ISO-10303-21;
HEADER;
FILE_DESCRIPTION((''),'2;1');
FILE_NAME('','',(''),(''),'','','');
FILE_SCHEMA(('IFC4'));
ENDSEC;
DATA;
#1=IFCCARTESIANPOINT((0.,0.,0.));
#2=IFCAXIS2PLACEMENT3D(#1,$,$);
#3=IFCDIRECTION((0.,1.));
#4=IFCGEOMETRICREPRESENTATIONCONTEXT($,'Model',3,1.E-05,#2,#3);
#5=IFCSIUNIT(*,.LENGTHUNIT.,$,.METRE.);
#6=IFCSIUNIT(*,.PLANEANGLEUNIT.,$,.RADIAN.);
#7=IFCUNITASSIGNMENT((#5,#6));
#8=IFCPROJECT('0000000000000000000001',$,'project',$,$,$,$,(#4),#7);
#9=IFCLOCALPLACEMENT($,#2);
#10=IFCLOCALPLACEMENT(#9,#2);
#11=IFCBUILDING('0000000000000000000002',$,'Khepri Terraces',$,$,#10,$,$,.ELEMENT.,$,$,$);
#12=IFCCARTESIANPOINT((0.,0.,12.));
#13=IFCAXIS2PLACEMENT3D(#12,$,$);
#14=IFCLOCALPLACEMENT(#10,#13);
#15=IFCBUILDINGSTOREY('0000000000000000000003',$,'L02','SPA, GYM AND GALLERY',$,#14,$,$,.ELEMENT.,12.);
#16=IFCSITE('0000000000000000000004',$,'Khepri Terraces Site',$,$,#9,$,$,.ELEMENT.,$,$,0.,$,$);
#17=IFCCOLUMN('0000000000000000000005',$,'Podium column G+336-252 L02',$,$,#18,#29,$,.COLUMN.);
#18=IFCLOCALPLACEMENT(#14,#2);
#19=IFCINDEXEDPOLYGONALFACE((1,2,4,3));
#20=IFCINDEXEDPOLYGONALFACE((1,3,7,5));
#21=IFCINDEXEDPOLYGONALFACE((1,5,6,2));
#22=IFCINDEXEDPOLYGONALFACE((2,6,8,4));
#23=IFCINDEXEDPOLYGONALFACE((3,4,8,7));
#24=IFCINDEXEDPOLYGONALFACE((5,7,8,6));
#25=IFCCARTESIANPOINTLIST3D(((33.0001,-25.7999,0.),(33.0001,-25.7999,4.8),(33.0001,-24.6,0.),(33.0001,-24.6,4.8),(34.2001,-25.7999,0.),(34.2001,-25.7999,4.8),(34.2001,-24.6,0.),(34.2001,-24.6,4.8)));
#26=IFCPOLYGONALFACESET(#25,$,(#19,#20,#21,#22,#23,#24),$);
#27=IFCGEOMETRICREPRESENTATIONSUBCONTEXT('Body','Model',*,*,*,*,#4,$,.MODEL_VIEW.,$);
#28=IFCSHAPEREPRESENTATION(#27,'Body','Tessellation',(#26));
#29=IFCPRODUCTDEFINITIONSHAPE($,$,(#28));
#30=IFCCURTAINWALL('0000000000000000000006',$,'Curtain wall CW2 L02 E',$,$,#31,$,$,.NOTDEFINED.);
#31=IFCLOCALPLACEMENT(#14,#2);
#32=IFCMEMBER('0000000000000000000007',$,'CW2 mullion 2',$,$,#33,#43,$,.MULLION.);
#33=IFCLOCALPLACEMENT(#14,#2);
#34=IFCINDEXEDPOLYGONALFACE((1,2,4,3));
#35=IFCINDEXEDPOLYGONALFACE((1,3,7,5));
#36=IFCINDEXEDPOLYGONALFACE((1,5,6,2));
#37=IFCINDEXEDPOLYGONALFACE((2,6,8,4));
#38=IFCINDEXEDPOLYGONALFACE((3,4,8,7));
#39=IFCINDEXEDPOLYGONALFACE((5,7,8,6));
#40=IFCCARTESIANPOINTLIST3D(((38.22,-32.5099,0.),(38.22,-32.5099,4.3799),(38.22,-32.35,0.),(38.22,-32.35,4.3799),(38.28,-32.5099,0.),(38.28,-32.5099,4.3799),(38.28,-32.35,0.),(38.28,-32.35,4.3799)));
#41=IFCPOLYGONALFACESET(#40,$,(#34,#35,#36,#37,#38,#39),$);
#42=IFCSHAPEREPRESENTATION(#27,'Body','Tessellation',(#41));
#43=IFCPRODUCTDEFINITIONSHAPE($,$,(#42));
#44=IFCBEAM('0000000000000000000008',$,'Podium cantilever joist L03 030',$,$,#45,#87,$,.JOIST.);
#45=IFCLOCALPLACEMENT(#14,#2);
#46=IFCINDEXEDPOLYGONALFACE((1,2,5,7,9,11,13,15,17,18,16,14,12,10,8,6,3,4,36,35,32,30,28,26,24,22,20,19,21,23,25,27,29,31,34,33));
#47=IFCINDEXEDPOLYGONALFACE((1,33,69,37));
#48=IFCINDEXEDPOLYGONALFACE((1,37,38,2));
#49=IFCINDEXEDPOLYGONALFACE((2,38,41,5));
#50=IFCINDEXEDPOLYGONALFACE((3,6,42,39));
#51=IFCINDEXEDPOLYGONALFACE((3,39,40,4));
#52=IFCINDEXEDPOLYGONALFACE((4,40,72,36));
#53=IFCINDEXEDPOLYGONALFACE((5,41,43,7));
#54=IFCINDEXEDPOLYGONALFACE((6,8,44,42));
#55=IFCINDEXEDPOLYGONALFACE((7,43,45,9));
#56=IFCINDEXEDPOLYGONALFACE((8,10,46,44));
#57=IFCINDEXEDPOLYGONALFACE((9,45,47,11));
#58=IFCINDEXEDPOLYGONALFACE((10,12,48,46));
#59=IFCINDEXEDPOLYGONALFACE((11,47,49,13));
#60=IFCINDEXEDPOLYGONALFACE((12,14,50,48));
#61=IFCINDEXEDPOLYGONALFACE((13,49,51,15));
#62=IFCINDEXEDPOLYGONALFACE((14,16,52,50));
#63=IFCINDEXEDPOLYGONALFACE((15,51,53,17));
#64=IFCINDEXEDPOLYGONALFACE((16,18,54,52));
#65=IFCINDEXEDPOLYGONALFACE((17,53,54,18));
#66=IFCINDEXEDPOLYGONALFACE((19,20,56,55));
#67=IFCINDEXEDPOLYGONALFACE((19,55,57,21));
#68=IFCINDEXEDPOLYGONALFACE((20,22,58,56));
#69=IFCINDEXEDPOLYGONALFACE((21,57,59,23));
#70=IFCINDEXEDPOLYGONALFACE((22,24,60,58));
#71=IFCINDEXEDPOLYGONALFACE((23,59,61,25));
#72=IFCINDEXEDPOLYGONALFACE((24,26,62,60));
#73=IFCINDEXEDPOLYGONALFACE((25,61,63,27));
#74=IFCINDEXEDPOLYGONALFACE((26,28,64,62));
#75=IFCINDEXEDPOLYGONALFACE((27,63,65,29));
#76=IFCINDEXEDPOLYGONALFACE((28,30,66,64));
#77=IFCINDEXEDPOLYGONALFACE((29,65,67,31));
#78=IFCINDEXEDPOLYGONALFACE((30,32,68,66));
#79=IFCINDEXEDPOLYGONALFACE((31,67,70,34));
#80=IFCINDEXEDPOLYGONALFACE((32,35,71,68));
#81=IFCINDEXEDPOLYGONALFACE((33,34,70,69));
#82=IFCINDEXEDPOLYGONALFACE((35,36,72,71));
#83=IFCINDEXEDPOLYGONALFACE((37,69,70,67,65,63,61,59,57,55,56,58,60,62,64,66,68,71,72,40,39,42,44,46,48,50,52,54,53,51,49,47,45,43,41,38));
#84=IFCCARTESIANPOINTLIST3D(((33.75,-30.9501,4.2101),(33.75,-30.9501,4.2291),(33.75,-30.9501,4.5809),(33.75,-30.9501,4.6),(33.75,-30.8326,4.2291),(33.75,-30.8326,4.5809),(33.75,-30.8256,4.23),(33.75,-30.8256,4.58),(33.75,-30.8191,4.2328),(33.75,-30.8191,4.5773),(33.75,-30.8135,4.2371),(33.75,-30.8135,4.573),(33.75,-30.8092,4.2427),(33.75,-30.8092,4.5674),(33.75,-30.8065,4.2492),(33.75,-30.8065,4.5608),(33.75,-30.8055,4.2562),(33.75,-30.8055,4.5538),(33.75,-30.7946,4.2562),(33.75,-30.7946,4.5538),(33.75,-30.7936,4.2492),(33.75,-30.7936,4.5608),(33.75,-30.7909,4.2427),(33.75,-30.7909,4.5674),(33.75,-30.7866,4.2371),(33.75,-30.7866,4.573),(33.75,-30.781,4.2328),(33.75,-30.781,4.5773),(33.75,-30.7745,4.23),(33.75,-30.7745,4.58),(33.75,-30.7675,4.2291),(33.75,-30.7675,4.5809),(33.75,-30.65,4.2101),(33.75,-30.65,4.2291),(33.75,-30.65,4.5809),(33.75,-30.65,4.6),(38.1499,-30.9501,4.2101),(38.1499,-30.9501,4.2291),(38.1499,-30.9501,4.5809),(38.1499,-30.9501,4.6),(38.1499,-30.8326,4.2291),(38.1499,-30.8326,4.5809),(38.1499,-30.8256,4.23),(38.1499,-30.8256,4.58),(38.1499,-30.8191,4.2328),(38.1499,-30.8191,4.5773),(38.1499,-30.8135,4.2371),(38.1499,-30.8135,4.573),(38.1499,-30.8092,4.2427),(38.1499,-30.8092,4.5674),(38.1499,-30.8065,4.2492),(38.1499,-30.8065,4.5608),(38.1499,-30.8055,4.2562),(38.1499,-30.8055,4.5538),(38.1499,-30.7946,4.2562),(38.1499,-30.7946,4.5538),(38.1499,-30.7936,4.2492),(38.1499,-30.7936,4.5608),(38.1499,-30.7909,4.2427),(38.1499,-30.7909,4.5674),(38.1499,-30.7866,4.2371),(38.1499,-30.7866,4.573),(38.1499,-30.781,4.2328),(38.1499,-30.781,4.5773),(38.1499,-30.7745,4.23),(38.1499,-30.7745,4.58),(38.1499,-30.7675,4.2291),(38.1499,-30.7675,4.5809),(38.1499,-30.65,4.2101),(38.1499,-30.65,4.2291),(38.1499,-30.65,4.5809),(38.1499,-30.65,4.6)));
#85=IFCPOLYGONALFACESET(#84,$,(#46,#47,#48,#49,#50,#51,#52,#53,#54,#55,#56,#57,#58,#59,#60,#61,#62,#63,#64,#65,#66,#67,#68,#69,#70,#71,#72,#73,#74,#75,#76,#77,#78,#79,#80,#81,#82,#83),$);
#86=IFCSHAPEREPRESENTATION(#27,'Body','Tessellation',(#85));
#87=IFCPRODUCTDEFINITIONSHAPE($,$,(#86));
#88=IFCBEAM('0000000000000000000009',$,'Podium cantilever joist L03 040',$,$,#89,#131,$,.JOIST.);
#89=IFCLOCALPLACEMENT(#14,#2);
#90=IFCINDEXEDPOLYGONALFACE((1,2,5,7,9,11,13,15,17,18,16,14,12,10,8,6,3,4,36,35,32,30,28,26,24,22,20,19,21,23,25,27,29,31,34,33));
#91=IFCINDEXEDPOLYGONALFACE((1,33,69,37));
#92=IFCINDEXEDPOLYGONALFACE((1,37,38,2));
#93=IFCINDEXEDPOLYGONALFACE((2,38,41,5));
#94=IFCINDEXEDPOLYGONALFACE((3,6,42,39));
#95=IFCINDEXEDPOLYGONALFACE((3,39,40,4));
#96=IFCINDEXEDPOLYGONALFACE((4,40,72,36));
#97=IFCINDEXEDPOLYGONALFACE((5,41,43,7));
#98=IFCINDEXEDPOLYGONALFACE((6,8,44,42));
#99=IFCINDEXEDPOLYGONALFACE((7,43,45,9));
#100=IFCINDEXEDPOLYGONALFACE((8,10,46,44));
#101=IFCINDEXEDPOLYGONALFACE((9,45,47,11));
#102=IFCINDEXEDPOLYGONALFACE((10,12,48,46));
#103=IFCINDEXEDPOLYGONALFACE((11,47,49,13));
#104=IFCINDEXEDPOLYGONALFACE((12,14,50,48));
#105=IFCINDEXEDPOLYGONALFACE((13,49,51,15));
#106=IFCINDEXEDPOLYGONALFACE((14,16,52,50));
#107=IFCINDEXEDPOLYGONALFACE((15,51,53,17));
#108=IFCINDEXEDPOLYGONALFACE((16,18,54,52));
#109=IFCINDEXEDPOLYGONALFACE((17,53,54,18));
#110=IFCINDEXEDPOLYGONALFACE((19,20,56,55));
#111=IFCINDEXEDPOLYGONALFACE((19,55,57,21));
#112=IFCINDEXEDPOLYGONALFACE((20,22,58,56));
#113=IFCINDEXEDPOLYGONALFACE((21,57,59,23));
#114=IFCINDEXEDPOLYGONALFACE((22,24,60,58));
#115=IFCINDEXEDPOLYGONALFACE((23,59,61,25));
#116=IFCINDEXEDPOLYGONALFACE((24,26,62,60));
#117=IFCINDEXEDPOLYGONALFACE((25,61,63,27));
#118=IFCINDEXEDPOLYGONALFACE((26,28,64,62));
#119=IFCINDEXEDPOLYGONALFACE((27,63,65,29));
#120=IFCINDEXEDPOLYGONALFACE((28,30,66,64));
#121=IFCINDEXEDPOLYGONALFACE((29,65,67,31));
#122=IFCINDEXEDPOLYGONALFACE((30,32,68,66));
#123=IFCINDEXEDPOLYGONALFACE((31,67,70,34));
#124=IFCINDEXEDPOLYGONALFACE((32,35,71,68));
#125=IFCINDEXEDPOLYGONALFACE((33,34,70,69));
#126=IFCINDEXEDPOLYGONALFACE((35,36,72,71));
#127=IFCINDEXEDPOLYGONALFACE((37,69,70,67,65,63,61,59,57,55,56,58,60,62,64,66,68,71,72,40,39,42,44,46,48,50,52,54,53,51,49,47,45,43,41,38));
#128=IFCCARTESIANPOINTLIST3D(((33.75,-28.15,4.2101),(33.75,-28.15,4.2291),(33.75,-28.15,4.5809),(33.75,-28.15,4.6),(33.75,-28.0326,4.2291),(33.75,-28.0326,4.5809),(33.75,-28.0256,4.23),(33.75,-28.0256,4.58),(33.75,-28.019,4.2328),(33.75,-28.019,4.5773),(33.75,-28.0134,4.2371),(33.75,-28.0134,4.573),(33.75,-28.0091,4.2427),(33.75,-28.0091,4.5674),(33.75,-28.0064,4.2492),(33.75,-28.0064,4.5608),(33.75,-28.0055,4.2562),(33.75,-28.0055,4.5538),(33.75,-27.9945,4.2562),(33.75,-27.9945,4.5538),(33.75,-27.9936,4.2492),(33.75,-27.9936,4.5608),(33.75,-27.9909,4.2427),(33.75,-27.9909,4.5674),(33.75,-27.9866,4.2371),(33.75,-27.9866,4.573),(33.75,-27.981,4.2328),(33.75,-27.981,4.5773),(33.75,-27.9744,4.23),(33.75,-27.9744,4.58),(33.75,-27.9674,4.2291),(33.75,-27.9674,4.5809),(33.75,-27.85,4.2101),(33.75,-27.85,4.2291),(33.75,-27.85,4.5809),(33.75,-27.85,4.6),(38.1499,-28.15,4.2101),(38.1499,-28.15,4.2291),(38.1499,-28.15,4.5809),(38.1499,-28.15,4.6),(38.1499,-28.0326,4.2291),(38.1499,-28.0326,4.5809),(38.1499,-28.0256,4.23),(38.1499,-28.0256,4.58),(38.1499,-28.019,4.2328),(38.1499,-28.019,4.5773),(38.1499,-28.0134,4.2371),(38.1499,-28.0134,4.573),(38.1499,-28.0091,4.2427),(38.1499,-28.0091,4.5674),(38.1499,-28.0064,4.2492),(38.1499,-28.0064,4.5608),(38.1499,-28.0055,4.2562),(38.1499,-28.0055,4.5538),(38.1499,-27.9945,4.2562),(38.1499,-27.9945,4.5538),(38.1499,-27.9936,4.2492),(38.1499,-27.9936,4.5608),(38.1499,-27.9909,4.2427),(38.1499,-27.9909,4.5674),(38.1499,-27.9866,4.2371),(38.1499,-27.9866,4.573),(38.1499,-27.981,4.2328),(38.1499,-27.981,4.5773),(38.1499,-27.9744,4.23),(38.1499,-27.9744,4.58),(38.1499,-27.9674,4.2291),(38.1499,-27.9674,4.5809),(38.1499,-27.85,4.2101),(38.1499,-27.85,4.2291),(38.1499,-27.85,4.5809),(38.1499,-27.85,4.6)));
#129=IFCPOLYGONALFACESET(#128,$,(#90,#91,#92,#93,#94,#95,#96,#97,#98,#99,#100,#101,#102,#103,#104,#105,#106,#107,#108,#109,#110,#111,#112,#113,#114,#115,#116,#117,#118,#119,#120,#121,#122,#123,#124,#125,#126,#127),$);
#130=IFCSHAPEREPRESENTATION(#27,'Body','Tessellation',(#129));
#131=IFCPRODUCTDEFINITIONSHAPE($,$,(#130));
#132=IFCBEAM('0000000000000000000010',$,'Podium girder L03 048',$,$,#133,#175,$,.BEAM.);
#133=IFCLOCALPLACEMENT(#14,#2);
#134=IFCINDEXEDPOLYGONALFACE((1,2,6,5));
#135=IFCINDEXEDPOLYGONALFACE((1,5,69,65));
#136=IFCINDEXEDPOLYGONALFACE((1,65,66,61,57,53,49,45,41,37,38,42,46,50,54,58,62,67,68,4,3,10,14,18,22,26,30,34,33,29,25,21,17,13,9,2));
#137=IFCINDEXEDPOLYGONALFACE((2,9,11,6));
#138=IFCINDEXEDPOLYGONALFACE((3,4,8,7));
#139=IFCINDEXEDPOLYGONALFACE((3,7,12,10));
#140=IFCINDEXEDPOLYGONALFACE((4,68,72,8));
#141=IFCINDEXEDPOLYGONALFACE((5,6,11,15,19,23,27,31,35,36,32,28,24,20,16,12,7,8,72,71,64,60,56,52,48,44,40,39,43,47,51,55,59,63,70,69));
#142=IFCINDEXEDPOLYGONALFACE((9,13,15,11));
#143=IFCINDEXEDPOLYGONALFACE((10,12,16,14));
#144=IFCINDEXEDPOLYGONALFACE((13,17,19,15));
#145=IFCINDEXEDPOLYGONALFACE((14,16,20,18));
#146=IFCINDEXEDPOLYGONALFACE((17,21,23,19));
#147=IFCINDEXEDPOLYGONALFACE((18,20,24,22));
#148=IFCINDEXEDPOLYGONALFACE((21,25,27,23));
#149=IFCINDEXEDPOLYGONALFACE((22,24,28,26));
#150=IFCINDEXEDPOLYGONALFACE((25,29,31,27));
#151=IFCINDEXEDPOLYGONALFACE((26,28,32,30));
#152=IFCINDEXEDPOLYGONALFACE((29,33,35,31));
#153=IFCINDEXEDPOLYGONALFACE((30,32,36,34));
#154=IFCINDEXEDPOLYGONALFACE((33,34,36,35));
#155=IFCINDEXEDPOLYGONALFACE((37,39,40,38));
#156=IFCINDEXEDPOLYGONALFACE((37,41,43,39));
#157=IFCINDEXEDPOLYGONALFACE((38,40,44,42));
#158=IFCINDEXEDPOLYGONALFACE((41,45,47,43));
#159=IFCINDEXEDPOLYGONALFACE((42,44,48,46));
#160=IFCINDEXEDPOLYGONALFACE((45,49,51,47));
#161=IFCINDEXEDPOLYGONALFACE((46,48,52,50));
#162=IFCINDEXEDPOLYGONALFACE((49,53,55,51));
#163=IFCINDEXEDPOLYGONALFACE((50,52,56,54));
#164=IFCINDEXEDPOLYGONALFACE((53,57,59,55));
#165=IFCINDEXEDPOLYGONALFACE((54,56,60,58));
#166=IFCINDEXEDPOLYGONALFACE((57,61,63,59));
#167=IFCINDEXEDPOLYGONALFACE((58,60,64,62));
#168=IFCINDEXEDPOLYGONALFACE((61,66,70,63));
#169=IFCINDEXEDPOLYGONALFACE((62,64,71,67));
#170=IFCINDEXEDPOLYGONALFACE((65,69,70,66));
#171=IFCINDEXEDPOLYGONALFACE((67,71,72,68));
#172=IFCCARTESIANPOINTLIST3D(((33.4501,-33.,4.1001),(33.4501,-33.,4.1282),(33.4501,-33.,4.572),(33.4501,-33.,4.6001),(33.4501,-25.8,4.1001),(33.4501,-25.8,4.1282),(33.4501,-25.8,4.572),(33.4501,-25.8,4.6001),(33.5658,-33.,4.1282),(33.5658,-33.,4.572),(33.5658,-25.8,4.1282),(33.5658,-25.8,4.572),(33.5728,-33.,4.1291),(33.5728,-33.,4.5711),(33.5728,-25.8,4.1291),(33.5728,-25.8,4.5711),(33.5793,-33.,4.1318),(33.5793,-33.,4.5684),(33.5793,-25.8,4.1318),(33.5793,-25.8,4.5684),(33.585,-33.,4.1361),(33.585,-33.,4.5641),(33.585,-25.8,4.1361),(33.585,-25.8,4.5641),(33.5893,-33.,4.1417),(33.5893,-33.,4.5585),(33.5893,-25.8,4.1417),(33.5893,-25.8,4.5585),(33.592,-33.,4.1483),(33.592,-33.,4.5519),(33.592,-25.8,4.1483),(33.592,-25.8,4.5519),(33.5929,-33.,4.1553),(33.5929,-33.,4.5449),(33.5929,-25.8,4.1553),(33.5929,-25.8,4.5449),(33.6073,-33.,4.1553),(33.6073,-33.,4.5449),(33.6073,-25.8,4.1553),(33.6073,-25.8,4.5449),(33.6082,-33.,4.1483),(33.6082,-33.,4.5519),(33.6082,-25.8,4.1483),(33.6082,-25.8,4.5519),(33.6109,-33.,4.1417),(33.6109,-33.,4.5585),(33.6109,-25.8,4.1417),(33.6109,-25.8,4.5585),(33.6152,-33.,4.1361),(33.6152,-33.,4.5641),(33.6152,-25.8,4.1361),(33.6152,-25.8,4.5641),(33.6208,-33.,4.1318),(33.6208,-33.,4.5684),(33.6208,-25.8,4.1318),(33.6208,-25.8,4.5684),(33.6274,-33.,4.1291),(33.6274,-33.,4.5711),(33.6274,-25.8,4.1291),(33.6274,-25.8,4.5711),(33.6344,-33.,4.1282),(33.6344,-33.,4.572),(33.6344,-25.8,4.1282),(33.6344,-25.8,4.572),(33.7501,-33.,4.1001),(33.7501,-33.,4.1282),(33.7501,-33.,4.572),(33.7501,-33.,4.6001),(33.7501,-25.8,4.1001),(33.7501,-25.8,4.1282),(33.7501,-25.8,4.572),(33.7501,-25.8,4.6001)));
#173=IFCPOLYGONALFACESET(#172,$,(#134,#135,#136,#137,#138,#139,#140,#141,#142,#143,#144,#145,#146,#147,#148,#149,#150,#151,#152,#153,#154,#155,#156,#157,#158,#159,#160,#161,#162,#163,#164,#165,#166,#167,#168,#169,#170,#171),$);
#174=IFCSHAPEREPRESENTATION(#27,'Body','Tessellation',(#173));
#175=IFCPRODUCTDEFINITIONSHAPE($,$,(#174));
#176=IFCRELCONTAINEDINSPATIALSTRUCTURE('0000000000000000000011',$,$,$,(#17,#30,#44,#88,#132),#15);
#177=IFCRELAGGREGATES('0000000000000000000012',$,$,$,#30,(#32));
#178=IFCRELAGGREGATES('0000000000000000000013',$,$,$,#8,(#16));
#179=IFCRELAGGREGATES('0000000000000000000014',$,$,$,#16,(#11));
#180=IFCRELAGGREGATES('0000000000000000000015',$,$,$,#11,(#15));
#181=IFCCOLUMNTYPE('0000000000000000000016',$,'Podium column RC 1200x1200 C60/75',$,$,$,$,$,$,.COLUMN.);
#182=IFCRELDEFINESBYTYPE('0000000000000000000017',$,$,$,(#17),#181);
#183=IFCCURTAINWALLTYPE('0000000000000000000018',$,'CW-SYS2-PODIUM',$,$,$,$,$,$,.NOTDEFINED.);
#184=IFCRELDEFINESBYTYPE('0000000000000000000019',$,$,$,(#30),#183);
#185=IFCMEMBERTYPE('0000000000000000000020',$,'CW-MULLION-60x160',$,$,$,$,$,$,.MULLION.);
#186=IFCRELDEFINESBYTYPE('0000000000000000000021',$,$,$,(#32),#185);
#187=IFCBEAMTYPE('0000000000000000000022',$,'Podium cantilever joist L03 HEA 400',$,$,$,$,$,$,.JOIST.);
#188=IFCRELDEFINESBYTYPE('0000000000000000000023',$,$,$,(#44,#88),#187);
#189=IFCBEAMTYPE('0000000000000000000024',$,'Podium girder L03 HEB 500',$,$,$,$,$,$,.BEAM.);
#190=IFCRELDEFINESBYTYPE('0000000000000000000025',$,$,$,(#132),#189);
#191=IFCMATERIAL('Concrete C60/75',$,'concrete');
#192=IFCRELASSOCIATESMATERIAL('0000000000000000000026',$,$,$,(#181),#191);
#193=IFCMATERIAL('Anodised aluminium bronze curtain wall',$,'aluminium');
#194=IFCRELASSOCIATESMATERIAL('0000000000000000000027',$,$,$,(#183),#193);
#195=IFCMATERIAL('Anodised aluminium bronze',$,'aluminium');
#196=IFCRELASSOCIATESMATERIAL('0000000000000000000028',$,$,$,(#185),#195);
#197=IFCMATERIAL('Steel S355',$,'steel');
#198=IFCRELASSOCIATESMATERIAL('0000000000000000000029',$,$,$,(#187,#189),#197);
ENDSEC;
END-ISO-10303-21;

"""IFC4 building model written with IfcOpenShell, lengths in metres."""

from ifc_helpers import new_model, si_unit, direction, frame, origin, origin_2d, place, context, subcontext, project, spatial, rectangle, i_section, extrude, material, material_profile, profile_set, type_object, element, aggregate, save


model = new_model("IFC4")

# Units and contexts
model_context = context("Model", 3, precision=1e-05, world=origin(), true_north=direction((0.0, 1.0)))
body_context = subcontext(model_context, "Body", "Model", "MODEL_VIEW")
ifc_project = project(units=[si_unit("LENGTHUNIT", "METRE"), si_unit("PLANEANGLEUNIT", "RADIAN")], contexts=[model_context])

# Site, building, storey
site_placement = place(None, origin())
site = spatial("IfcSite", under=ifc_project, at=site_placement, Name="Khepri Terraces Site", CompositionType="ELEMENT", RefElevation=0.0)
building_placement = place(site_placement, origin())
building = spatial("IfcBuilding", under=site, at=building_placement, Name="Khepri Terraces", CompositionType="ELEMENT")
storey_placement = place(building_placement, frame((0.0, 0.0, 12.0)))
storey = spatial("IfcBuildingStorey", under=building, at=storey_placement, Name="L02", Description="SPA, GYM AND GALLERY", CompositionType="ELEMENT", Elevation=12.0)

# Column
ifc_material_1 = material(Name="Concrete C60/75", Category="concrete")
ifc_material_profile_1 = material_profile(ifc_material_1, rectangle(XDim=1.2, YDim=1.2, at=origin_2d()), Name="Concrete C60/75", Category="concrete")
ifc_profile_set_1 = profile_set([ifc_material_profile_1], Name="Concrete C60/75")
column_type = type_object("IfcColumnType", Name="Podium column RC 1200x1200 C60/75", PredefinedType="COLUMN", material=ifc_profile_set_1)
column_placement = place(storey_placement, frame((33.6001, -25.2, 0.0), z_axis=(0.0, 0.0, 1.0), x_axis=(1.0, 0.0, 0.0)))
element("IfcColumn", 1, at=column_placement, inside=storey, type_object=column_type, Name="Podium column G+336-252 L02", PredefinedType="COLUMN", context=body_context, shape_type="SweptSolid", body=[
    extrude(rectangle(XDim=1.2, YDim=1.2, at=origin_2d()), origin(), (0.0, 0.0, 1.0), 4.8),
])

# Curtain wall, member
ifc_material_2 = material(Name="Anodised aluminium bronze curtain wall", Category="aluminium")
curtain_wall_type = type_object("IfcCurtainWallType", Name="CW-SYS2-PODIUM", PredefinedType="NOTDEFINED", material=ifc_material_2)
curtain_wall_placement = place(storey_placement, origin())
curtain_wall = element("IfcCurtainWall", 2, at=curtain_wall_placement, inside=storey, type_object=curtain_wall_type, Name="Curtain wall CW2 L02 E", PredefinedType="NOTDEFINED")
ifc_material_3 = material(Name="Anodised aluminium bronze", Category="aluminium")
ifc_material_profile_2 = material_profile(ifc_material_3, rectangle(XDim=0.0601, YDim=0.1599, at=origin_2d()), Name="Anodised aluminium bronze", Category="aluminium")
ifc_profile_set_2 = profile_set([ifc_material_profile_2], Name="Anodised aluminium bronze")
member_type = type_object("IfcMemberType", Name="CW-MULLION-60x160", PredefinedType="MULLION", material=ifc_profile_set_2)
member_placement = place(storey_placement, frame((38.25, -32.4299, 0.0), z_axis=(0.0, 0.0, 1.0), x_axis=(-1.0, 0.0, 0.0)))
member = element("IfcMember", 3, at=member_placement, type_object=member_type, Name="CW2 mullion 2", PredefinedType="MULLION", context=body_context, shape_type="SweptSolid", body=[
    extrude(rectangle(XDim=0.0601, YDim=0.1599, at=origin_2d()), origin(), (0.0, 0.0, 1.0), 4.3799),
])

# Beams
ifc_material_4 = material(Name="Steel S355", Category="steel")
ifc_material_profile_3 = material_profile(ifc_material_4, i_section(OverallWidth=0.3, OverallDepth=0.3899, WebThickness=0.011, FlangeThickness=0.019, FilletRadius=0.0271, at=origin_2d()), Name="Steel S355", Category="steel")
ifc_profile_set_3 = profile_set([ifc_material_profile_3], Name="Steel S355")
beam_type_1 = type_object("IfcBeamType", Name="Podium cantilever joist L03 HEA 400", PredefinedType="JOIST", material=ifc_profile_set_3)
for number, where, z_axis, x_axis, name in (
    (4, (33.75, -30.8, 4.405), (1.0, 0.0, 0.0), (0.0, 1.0, 0.0), "Podium cantilever joist L03 030"),
    (5, (33.75, -28.0, 4.405), (1.0, 0.0, 0.0), (0.0, 1.0, 0.0), "Podium cantilever joist L03 040"),
):
    element("IfcBeam", number, at=place(storey_placement, frame(where, z_axis=z_axis, x_axis=x_axis)), inside=storey, type_object=beam_type_1, Name=name, PredefinedType="JOIST", context=body_context, shape_type="SweptSolid", body=[
        extrude(i_section(OverallWidth=0.3, OverallDepth=0.3899, WebThickness=0.011, FlangeThickness=0.019, FilletRadius=0.0271, at=origin_2d()), origin(), (0.0, 0.0, 1.0), 4.3999),
    ])
ifc_material_profile_4 = material_profile(ifc_material_4, i_section(OverallWidth=0.3, OverallDepth=0.5, WebThickness=0.0144, FlangeThickness=0.0281, FilletRadius=0.0271, at=origin_2d()), Name="Steel S355", Category="steel")
ifc_profile_set_4 = profile_set([ifc_material_profile_4], Name="Steel S355")
beam_type_2 = type_object("IfcBeamType", Name="Podium girder L03 HEB 500", PredefinedType="BEAM", material=ifc_profile_set_4)
beam_1_placement = place(storey_placement, frame((33.6001, -33.0, 4.3501), z_axis=(0.0, 1.0, 0.0), x_axis=(-1.0, 0.0, 0.0)))
element("IfcBeam", 6, at=beam_1_placement, inside=storey, type_object=beam_type_2, Name="Podium girder L03 048", PredefinedType="BEAM", context=body_context, shape_type="SweptSolid", body=[
    extrude(i_section(OverallWidth=0.3, OverallDepth=0.5, WebThickness=0.0144, FlangeThickness=0.0281, FilletRadius=0.0271, at=origin_2d()), origin(), (0.0, 0.0, 1.0), 7.2),
])

aggregate(curtain_wall, [member])

save(model, "model.ifc")
